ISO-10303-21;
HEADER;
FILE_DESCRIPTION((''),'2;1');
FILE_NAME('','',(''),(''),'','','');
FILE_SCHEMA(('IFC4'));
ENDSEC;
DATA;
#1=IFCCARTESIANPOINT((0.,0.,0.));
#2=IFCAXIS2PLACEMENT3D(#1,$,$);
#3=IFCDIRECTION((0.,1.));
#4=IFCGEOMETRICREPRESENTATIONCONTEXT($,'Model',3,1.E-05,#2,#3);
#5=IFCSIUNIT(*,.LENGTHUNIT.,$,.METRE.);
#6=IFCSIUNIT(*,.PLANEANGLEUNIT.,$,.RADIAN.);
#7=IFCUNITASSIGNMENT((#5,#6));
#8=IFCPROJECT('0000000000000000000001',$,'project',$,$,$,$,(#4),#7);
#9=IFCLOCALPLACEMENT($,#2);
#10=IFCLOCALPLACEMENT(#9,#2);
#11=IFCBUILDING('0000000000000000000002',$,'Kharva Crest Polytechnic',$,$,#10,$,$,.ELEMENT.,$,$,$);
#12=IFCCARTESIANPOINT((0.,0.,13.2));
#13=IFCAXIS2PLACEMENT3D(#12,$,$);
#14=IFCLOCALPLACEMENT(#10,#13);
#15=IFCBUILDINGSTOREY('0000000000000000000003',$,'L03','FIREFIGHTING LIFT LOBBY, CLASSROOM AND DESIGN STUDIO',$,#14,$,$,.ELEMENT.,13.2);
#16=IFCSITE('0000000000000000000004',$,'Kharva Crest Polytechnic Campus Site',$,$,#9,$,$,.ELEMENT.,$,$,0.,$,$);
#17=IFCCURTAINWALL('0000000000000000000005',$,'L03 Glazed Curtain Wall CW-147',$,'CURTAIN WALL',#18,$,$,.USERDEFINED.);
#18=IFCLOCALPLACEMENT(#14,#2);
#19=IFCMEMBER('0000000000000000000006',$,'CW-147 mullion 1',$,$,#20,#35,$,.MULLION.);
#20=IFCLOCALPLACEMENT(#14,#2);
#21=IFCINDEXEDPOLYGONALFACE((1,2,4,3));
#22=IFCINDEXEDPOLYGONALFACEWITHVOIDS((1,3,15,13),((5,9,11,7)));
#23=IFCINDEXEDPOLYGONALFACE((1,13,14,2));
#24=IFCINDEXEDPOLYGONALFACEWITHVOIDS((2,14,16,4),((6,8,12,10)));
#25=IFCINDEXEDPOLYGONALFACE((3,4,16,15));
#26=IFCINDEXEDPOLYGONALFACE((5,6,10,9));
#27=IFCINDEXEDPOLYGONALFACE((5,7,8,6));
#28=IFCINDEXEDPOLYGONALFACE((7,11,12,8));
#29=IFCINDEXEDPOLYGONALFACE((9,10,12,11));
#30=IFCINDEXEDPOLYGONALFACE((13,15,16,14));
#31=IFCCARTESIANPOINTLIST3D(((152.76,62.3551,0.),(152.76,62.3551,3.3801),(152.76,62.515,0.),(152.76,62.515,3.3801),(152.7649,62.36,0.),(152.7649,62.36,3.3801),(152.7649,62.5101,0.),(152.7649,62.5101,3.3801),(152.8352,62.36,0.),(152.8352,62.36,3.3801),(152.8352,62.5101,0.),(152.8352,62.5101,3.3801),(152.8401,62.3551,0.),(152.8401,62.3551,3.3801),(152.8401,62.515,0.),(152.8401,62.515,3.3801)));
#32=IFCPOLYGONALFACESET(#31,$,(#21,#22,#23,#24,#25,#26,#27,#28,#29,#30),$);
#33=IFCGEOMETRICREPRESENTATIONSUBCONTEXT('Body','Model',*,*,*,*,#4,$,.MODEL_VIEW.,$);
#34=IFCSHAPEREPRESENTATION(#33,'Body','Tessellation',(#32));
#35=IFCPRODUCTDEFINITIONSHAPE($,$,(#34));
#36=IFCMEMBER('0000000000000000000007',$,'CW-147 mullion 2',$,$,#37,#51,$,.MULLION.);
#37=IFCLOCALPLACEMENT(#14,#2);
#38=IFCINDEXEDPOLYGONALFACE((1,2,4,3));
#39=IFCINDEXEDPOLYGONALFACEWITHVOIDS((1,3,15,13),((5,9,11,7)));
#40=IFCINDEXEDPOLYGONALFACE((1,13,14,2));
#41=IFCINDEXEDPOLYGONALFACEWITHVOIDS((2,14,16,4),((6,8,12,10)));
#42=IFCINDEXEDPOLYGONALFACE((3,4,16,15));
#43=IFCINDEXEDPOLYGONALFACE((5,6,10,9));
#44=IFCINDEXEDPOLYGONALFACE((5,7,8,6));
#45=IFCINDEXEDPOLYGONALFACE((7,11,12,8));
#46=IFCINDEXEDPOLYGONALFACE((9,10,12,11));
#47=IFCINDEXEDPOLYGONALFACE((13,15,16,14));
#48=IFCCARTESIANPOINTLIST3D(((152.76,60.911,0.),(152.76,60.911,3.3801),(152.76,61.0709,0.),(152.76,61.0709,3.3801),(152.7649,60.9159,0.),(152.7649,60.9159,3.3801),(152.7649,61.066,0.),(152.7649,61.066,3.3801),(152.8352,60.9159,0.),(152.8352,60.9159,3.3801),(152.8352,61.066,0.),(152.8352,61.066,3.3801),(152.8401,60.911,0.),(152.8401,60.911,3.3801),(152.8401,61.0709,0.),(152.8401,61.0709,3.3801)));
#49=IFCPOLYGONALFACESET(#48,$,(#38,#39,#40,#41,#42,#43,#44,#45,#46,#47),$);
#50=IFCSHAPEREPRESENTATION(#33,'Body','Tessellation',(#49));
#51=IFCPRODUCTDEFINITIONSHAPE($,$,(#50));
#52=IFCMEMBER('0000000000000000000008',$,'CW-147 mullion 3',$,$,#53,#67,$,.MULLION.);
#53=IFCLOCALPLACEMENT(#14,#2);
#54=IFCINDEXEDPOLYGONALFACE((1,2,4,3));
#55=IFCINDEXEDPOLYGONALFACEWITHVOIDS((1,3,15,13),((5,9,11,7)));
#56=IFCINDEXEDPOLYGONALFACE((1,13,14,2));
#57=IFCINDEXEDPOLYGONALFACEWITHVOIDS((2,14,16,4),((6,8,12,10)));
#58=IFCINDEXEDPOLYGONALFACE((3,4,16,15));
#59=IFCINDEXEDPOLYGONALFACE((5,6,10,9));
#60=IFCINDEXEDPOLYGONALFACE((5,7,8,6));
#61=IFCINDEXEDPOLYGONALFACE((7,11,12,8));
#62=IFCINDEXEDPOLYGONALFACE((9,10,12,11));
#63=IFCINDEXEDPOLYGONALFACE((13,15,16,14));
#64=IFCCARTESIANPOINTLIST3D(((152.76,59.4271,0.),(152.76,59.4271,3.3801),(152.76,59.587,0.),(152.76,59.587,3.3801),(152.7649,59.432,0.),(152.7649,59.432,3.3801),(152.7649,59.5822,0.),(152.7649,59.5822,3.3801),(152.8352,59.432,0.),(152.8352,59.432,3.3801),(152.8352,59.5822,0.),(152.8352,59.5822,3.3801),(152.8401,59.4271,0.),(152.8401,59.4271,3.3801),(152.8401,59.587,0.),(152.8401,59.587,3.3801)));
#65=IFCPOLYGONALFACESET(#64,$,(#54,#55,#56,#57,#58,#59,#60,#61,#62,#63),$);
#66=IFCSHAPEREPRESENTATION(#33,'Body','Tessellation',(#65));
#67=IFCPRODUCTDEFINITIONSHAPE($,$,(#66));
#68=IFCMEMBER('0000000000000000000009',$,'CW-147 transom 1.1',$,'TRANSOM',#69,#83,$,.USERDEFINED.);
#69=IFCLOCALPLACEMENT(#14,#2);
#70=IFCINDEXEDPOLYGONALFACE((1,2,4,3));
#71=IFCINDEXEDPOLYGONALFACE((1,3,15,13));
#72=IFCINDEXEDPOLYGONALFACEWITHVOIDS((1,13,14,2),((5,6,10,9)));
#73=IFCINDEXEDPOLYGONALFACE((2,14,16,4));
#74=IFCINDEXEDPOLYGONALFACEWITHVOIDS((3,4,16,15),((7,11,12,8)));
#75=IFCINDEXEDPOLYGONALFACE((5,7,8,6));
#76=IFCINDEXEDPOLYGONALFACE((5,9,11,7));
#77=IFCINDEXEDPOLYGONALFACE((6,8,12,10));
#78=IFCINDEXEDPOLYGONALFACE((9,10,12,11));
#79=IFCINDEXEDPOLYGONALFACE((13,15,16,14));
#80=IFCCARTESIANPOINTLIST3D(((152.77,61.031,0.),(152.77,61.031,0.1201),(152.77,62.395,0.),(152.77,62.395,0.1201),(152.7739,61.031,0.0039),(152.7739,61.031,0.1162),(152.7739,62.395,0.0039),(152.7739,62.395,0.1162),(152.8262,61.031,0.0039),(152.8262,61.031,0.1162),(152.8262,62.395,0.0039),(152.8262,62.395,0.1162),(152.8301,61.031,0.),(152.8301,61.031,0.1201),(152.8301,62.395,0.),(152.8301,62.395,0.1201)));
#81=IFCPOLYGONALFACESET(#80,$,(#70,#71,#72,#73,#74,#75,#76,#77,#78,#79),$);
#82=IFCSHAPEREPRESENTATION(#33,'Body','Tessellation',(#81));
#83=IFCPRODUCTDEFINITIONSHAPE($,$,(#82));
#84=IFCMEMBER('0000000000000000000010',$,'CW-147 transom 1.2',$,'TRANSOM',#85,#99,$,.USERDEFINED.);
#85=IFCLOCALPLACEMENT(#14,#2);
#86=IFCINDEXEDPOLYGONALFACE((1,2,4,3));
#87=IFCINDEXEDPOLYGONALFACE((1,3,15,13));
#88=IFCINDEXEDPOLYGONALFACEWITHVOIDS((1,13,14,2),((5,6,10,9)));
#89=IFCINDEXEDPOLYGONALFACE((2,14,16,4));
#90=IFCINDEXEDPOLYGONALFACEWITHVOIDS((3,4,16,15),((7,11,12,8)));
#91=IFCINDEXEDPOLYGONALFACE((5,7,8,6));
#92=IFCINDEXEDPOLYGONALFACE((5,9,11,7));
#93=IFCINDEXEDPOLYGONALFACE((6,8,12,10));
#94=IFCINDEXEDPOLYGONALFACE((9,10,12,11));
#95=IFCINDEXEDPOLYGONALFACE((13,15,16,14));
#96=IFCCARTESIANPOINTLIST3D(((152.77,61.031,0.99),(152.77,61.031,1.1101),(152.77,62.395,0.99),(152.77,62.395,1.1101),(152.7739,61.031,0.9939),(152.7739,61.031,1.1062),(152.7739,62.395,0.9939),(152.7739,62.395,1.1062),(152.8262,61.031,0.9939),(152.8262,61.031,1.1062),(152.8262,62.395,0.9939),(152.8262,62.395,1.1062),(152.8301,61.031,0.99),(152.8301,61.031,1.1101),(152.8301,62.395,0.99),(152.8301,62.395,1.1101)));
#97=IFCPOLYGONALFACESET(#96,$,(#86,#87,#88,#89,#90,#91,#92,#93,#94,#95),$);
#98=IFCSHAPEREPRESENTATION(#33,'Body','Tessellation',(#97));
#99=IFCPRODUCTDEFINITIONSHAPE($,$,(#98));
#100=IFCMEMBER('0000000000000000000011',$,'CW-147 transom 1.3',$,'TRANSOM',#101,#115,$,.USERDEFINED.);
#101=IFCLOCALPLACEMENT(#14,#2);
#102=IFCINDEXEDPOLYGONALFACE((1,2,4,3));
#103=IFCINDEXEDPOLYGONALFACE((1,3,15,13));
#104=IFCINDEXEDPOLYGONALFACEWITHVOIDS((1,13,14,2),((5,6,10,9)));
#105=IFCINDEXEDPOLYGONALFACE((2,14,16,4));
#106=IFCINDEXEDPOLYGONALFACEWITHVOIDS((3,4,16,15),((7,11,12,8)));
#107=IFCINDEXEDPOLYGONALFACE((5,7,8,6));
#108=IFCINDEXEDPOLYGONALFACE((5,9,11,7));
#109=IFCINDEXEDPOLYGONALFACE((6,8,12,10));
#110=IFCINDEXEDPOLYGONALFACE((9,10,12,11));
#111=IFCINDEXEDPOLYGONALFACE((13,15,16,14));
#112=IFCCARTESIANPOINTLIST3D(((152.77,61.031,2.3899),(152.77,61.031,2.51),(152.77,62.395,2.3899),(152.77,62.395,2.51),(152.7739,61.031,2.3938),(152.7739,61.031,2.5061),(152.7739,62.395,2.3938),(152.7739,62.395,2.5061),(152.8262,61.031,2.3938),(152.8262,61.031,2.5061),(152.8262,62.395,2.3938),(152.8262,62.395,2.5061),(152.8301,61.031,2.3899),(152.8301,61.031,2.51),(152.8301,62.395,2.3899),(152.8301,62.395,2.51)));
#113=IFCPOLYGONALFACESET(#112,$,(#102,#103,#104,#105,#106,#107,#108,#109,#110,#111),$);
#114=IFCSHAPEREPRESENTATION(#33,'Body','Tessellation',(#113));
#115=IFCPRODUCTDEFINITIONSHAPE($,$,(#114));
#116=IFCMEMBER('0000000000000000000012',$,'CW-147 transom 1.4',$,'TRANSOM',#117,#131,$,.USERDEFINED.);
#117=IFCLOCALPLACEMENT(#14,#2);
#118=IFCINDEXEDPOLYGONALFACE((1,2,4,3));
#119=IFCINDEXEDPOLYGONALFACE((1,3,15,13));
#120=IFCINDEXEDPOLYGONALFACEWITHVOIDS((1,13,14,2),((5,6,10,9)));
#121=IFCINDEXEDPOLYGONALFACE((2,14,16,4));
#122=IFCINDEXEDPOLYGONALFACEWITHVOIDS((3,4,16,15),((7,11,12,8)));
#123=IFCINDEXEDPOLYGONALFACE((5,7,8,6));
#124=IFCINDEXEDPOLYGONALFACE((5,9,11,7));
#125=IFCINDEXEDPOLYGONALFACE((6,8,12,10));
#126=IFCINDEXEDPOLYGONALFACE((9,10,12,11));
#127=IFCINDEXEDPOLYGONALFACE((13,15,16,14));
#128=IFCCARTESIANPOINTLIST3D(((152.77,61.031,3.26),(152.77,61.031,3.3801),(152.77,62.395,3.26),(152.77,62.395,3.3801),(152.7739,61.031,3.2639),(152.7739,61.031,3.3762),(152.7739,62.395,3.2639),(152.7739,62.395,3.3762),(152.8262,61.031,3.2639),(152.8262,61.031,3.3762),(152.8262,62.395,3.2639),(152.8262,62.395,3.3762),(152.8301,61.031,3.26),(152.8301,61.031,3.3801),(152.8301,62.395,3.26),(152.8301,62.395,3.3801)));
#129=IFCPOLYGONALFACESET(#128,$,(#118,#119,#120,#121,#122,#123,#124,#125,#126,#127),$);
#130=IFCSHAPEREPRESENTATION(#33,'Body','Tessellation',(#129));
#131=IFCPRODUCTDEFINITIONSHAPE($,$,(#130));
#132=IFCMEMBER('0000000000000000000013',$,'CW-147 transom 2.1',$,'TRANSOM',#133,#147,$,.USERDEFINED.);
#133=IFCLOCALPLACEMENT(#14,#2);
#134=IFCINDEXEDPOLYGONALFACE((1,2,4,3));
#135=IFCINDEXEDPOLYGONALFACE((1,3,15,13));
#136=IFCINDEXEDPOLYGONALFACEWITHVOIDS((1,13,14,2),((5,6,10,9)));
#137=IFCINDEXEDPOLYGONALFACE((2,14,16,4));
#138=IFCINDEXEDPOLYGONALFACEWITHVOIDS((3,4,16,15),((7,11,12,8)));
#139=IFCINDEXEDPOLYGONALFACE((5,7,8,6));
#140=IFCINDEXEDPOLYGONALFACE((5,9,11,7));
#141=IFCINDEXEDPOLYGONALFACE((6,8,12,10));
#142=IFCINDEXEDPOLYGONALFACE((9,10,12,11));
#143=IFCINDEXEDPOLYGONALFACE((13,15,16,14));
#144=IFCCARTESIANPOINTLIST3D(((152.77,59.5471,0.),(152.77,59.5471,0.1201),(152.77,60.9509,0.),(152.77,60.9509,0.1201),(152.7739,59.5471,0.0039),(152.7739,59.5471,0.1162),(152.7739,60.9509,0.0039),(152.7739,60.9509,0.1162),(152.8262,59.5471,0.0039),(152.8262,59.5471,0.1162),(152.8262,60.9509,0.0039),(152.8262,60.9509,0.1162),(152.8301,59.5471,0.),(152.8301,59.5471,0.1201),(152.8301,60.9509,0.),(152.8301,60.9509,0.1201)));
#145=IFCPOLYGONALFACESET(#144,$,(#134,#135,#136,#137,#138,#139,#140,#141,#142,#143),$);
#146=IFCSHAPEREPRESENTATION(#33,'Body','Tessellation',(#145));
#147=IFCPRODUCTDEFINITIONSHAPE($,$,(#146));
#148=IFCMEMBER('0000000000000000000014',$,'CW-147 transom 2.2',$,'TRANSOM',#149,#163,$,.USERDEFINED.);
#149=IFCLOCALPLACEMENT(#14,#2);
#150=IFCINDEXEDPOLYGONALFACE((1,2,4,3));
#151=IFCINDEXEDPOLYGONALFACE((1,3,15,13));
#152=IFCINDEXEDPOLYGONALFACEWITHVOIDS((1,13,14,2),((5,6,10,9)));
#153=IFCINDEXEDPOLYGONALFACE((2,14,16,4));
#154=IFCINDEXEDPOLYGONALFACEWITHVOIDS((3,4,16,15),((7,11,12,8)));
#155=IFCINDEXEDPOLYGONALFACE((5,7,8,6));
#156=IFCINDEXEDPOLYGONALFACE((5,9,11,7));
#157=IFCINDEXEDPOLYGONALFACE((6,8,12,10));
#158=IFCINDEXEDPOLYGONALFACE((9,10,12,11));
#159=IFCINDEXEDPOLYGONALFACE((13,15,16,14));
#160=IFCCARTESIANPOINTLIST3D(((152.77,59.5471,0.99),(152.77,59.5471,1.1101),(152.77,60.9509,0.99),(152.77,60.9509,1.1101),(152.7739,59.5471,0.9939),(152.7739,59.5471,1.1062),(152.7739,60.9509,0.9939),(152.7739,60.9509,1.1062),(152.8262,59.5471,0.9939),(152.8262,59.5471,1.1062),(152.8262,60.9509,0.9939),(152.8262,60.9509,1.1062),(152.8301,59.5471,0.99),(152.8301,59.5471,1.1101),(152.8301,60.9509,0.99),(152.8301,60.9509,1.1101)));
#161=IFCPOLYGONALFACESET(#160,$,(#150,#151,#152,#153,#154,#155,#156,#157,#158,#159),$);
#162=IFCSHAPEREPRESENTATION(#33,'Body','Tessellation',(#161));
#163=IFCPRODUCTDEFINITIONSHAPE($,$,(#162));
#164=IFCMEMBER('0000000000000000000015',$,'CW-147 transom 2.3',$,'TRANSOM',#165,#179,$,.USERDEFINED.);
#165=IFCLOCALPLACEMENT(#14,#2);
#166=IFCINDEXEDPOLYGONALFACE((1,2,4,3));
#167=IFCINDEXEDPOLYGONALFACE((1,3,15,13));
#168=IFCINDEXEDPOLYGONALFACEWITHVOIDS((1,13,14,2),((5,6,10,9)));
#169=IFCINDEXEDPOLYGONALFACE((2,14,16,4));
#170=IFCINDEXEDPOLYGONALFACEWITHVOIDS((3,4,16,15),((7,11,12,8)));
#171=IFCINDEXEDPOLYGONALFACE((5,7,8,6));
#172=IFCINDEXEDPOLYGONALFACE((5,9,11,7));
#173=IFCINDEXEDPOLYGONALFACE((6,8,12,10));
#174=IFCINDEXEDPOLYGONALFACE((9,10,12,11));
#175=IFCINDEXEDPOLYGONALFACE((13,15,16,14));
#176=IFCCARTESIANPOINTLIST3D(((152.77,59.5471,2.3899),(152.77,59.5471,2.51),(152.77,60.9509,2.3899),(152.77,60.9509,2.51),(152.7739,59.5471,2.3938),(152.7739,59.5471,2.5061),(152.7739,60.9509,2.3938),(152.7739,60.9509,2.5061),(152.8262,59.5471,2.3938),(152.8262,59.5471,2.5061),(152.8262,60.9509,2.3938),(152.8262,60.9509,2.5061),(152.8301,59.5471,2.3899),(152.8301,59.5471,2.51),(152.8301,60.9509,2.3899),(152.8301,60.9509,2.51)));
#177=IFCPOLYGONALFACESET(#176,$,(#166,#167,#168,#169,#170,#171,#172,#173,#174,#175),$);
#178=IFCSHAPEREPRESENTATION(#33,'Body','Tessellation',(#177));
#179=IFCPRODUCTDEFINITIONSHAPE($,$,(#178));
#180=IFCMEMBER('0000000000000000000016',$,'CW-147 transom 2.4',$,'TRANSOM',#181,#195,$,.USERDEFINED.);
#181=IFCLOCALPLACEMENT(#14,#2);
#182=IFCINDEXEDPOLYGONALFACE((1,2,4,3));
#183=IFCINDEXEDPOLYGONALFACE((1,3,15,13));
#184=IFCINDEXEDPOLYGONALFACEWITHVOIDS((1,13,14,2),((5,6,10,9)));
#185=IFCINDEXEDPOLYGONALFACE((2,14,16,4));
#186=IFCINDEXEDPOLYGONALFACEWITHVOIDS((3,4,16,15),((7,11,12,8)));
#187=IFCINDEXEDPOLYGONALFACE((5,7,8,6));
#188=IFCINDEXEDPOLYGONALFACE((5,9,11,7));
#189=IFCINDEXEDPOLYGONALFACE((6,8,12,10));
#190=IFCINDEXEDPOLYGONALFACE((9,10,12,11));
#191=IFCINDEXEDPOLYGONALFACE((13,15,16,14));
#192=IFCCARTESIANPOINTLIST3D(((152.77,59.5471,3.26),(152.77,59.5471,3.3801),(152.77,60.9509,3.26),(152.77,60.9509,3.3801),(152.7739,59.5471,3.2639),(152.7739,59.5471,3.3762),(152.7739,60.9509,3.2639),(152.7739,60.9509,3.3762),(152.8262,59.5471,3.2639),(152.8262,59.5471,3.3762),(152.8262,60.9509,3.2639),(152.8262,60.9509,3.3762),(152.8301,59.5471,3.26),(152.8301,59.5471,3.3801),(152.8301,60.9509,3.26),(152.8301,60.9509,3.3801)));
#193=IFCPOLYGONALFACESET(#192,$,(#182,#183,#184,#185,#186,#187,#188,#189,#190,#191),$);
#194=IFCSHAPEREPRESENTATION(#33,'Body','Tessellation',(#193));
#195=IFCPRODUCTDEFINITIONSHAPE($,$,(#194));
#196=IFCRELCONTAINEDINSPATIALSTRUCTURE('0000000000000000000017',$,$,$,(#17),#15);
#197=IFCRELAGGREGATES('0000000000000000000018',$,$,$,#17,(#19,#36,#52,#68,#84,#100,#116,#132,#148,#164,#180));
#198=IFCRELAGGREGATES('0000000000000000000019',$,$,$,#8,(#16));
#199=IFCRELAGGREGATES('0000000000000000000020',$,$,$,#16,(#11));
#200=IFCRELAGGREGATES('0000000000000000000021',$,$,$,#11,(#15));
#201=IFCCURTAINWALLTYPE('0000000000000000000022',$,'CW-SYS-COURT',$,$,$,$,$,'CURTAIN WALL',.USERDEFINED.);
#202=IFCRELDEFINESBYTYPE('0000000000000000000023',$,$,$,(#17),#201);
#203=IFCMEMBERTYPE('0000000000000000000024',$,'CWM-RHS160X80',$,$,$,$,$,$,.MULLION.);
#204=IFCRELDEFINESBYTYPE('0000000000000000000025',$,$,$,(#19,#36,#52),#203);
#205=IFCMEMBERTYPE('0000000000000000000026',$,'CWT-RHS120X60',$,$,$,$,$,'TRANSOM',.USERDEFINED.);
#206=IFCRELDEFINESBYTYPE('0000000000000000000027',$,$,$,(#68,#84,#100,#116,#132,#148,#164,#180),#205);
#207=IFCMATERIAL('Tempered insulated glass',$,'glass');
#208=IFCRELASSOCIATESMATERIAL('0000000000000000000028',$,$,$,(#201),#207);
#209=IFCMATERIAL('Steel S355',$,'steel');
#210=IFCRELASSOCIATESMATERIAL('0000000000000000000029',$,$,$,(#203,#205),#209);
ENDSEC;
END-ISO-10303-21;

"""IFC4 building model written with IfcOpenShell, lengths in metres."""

from ifc_helpers import new_model, si_unit, direction, frame, origin, origin_2d, place, context, subcontext, project, spatial, hollow_rectangle, extrude, material, material_profile, profile_set, type_object, element, aggregate, save


model = new_model("IFC4")

# Units and contexts
model_context = context("Model", 3, precision=1e-05, world=origin(), true_north=direction((0.0, 1.0)))
body_context = subcontext(model_context, "Body", "Model", "MODEL_VIEW")
ifc_project = project(units=[si_unit("LENGTHUNIT", "METRE"), si_unit("PLANEANGLEUNIT", "RADIAN")], contexts=[model_context])

# Site, building, storey
site_placement = place(None, origin())
site = spatial("IfcSite", under=ifc_project, at=site_placement, Name="Kharva Crest Polytechnic Campus Site", CompositionType="ELEMENT", RefElevation=0.0)
building_placement = place(site_placement, origin())
building = spatial("IfcBuilding", under=site, at=building_placement, Name="Kharva Crest Polytechnic", CompositionType="ELEMENT")
storey_placement = place(building_placement, frame((0.0, 0.0, 13.2)))
storey = spatial("IfcBuildingStorey", under=building, at=storey_placement, Name="L03", Description="FIREFIGHTING LIFT LOBBY, CLASSROOM AND DESIGN STUDIO", CompositionType="ELEMENT", Elevation=13.2)

# Curtain wall, members
ifc_material_1 = material(Name="Tempered insulated glass", Category="glass")
curtain_wall_type = type_object("IfcCurtainWallType", Name="CW-SYS-COURT", ElementType="CURTAIN WALL", PredefinedType="USERDEFINED", material=ifc_material_1)
curtain_wall_placement = place(storey_placement, origin())
curtain_wall = element("IfcCurtainWall", 1, at=curtain_wall_placement, inside=storey, type_object=curtain_wall_type, Name="L03 Glazed Curtain Wall CW-147", ObjectType="CURTAIN WALL", PredefinedType="USERDEFINED")
ifc_material_2 = material(Name="Steel S355", Category="steel")
ifc_material_profile_1 = material_profile(ifc_material_2, hollow_rectangle(XDim=0.0801, YDim=0.1599, WallThickness=0.0049, at=origin_2d()), Name="RHS 160X80X5.0")
ifc_profile_set_1 = profile_set([ifc_material_profile_1], Name="Steel S355")
member_type_1 = type_object("IfcMemberType", Name="CWM-RHS160X80", PredefinedType="MULLION", material=ifc_profile_set_1)
member_1_placement = place(storey_placement, frame((152.8, 62.4351, 0.0), z_axis=(0.0, 0.0, 1.0), x_axis=(1.0, 0.0, 0.0)))
member_1 = element("IfcMember", 2, at=member_1_placement, type_object=member_type_1, Name="CW-147 mullion 1", PredefinedType="MULLION", context=body_context, shape_type="SweptSolid", body=[
    extrude(hollow_rectangle(XDim=0.0801, YDim=0.1599, WallThickness=0.0049, at=origin_2d()), origin(), (0.0, 0.0, 1.0), 3.3801),
])
member_2_placement = place(storey_placement, frame((152.8, 60.991, 0.0), z_axis=(0.0, 0.0, 1.0), x_axis=(1.0, 0.0, 0.0)))
member_2 = element("IfcMember", 3, at=member_2_placement, type_object=member_type_1, Name="CW-147 mullion 2", PredefinedType="MULLION", context=body_context, shape_type="SweptSolid", body=[
    extrude(hollow_rectangle(XDim=0.0801, YDim=0.1599, WallThickness=0.0049, at=origin_2d()), origin(), (0.0, 0.0, 1.0), 3.3801),
])
member_3_placement = place(storey_placement, frame((152.8, 59.5071, 0.0), z_axis=(0.0, 0.0, 1.0), x_axis=(1.0, 0.0, 0.0)))
member_3 = element("IfcMember", 4, at=member_3_placement, type_object=member_type_1, Name="CW-147 mullion 3", PredefinedType="MULLION", context=body_context, shape_type="SweptSolid", body=[
    extrude(hollow_rectangle(XDim=0.0801, YDim=0.1599, WallThickness=0.0049, at=origin_2d()), origin(), (0.0, 0.0, 1.0), 3.3801),
])
ifc_material_profile_2 = material_profile(ifc_material_2, hollow_rectangle(XDim=0.0601, YDim=0.1201, WallThickness=0.0039, at=origin_2d()), Name="RHS 120X60X4.0")
ifc_profile_set_2 = profile_set([ifc_material_profile_2], Name="Steel S355")
member_type_2 = type_object("IfcMemberType", Name="CWT-RHS120X60", ElementType="TRANSOM", PredefinedType="USERDEFINED", material=ifc_profile_set_2)
member_4_placement = place(storey_placement, frame((152.8, 62.395, 0.0601), z_axis=(0.0, -1.0, 0.0), x_axis=(1.0, 0.0, 0.0)))
member_4 = element("IfcMember", 5, at=member_4_placement, type_object=member_type_2, Name="CW-147 transom 1.1", ObjectType="TRANSOM", PredefinedType="USERDEFINED", context=body_context, shape_type="SweptSolid", body=[
    extrude(hollow_rectangle(XDim=0.0601, YDim=0.1201, WallThickness=0.0039, at=origin_2d()), origin(), (0.0, 0.0, 1.0), 1.364),
])
member_5_placement = place(storey_placement, frame((152.8, 62.395, 1.05), z_axis=(0.0, -1.0, 0.0), x_axis=(1.0, 0.0, 0.0)))
member_5 = element("IfcMember", 6, at=member_5_placement, type_object=member_type_2, Name="CW-147 transom 1.2", ObjectType="TRANSOM", PredefinedType="USERDEFINED", context=body_context, shape_type="SweptSolid", body=[
    extrude(hollow_rectangle(XDim=0.0601, YDim=0.1201, WallThickness=0.0039, at=origin_2d()), origin(), (0.0, 0.0, 1.0), 1.364),
])
member_6_placement = place(storey_placement, frame((152.8, 62.395, 2.45), z_axis=(0.0, -1.0, 0.0), x_axis=(1.0, 0.0, 0.0)))
member_6 = element("IfcMember", 7, at=member_6_placement, type_object=member_type_2, Name="CW-147 transom 1.3", ObjectType="TRANSOM", PredefinedType="USERDEFINED", context=body_context, shape_type="SweptSolid", body=[
    extrude(hollow_rectangle(XDim=0.0601, YDim=0.1201, WallThickness=0.0039, at=origin_2d()), origin(), (0.0, 0.0, 1.0), 1.364),
])
member_7_placement = place(storey_placement, frame((152.8, 62.395, 3.3201), z_axis=(0.0, -1.0, 0.0), x_axis=(1.0, 0.0, 0.0)))
member_7 = element("IfcMember", 8, at=member_7_placement, type_object=member_type_2, Name="CW-147 transom 1.4", ObjectType="TRANSOM", PredefinedType="USERDEFINED", context=body_context, shape_type="SweptSolid", body=[
    extrude(hollow_rectangle(XDim=0.0601, YDim=0.1201, WallThickness=0.0039, at=origin_2d()), origin(), (0.0, 0.0, 1.0), 1.364),
])
member_8_placement = place(storey_placement, frame((152.8, 60.9509, 0.0601), z_axis=(0.0, -1.0, 0.0), x_axis=(1.0, 0.0, 0.0)))
member_8 = element("IfcMember", 9, at=member_8_placement, type_object=member_type_2, Name="CW-147 transom 2.1", ObjectType="TRANSOM", PredefinedType="USERDEFINED", context=body_context, shape_type="SweptSolid", body=[
    extrude(hollow_rectangle(XDim=0.0601, YDim=0.1201, WallThickness=0.0039, at=origin_2d()), origin(), (0.0, 0.0, 1.0), 1.4038),
])
member_9_placement = place(storey_placement, frame((152.8, 60.9509, 1.05), z_axis=(0.0, -1.0, 0.0), x_axis=(1.0, 0.0, 0.0)))
member_9 = element("IfcMember", 10, at=member_9_placement, type_object=member_type_2, Name="CW-147 transom 2.2", ObjectType="TRANSOM", PredefinedType="USERDEFINED", context=body_context, shape_type="SweptSolid", body=[
    extrude(hollow_rectangle(XDim=0.0601, YDim=0.1201, WallThickness=0.0039, at=origin_2d()), origin(), (0.0, 0.0, 1.0), 1.4038),
])
member_10_placement = place(storey_placement, frame((152.8, 60.9509, 2.45), z_axis=(0.0, -1.0, 0.0), x_axis=(1.0, 0.0, 0.0)))
member_10 = element("IfcMember", 11, at=member_10_placement, type_object=member_type_2, Name="CW-147 transom 2.3", ObjectType="TRANSOM", PredefinedType="USERDEFINED", context=body_context, shape_type="SweptSolid", body=[
    extrude(hollow_rectangle(XDim=0.0601, YDim=0.1201, WallThickness=0.0039, at=origin_2d()), origin(), (0.0, 0.0, 1.0), 1.4038),
])
member_11_placement = place(storey_placement, frame((152.8, 60.9509, 3.3201), z_axis=(0.0, -1.0, 0.0), x_axis=(1.0, 0.0, 0.0)))
member_11 = element("IfcMember", 12, at=member_11_placement, type_object=member_type_2, Name="CW-147 transom 2.4", ObjectType="TRANSOM", PredefinedType="USERDEFINED", context=body_context, shape_type="SweptSolid", body=[
    extrude(hollow_rectangle(XDim=0.0601, YDim=0.1201, WallThickness=0.0039, at=origin_2d()), origin(), (0.0, 0.0, 1.0), 1.4038),
])
aggregate(curtain_wall, [member_1, member_2, member_3, member_4, member_5, member_6, member_7, member_8, member_9, member_10, member_11])

save(model, "model.ifc")
